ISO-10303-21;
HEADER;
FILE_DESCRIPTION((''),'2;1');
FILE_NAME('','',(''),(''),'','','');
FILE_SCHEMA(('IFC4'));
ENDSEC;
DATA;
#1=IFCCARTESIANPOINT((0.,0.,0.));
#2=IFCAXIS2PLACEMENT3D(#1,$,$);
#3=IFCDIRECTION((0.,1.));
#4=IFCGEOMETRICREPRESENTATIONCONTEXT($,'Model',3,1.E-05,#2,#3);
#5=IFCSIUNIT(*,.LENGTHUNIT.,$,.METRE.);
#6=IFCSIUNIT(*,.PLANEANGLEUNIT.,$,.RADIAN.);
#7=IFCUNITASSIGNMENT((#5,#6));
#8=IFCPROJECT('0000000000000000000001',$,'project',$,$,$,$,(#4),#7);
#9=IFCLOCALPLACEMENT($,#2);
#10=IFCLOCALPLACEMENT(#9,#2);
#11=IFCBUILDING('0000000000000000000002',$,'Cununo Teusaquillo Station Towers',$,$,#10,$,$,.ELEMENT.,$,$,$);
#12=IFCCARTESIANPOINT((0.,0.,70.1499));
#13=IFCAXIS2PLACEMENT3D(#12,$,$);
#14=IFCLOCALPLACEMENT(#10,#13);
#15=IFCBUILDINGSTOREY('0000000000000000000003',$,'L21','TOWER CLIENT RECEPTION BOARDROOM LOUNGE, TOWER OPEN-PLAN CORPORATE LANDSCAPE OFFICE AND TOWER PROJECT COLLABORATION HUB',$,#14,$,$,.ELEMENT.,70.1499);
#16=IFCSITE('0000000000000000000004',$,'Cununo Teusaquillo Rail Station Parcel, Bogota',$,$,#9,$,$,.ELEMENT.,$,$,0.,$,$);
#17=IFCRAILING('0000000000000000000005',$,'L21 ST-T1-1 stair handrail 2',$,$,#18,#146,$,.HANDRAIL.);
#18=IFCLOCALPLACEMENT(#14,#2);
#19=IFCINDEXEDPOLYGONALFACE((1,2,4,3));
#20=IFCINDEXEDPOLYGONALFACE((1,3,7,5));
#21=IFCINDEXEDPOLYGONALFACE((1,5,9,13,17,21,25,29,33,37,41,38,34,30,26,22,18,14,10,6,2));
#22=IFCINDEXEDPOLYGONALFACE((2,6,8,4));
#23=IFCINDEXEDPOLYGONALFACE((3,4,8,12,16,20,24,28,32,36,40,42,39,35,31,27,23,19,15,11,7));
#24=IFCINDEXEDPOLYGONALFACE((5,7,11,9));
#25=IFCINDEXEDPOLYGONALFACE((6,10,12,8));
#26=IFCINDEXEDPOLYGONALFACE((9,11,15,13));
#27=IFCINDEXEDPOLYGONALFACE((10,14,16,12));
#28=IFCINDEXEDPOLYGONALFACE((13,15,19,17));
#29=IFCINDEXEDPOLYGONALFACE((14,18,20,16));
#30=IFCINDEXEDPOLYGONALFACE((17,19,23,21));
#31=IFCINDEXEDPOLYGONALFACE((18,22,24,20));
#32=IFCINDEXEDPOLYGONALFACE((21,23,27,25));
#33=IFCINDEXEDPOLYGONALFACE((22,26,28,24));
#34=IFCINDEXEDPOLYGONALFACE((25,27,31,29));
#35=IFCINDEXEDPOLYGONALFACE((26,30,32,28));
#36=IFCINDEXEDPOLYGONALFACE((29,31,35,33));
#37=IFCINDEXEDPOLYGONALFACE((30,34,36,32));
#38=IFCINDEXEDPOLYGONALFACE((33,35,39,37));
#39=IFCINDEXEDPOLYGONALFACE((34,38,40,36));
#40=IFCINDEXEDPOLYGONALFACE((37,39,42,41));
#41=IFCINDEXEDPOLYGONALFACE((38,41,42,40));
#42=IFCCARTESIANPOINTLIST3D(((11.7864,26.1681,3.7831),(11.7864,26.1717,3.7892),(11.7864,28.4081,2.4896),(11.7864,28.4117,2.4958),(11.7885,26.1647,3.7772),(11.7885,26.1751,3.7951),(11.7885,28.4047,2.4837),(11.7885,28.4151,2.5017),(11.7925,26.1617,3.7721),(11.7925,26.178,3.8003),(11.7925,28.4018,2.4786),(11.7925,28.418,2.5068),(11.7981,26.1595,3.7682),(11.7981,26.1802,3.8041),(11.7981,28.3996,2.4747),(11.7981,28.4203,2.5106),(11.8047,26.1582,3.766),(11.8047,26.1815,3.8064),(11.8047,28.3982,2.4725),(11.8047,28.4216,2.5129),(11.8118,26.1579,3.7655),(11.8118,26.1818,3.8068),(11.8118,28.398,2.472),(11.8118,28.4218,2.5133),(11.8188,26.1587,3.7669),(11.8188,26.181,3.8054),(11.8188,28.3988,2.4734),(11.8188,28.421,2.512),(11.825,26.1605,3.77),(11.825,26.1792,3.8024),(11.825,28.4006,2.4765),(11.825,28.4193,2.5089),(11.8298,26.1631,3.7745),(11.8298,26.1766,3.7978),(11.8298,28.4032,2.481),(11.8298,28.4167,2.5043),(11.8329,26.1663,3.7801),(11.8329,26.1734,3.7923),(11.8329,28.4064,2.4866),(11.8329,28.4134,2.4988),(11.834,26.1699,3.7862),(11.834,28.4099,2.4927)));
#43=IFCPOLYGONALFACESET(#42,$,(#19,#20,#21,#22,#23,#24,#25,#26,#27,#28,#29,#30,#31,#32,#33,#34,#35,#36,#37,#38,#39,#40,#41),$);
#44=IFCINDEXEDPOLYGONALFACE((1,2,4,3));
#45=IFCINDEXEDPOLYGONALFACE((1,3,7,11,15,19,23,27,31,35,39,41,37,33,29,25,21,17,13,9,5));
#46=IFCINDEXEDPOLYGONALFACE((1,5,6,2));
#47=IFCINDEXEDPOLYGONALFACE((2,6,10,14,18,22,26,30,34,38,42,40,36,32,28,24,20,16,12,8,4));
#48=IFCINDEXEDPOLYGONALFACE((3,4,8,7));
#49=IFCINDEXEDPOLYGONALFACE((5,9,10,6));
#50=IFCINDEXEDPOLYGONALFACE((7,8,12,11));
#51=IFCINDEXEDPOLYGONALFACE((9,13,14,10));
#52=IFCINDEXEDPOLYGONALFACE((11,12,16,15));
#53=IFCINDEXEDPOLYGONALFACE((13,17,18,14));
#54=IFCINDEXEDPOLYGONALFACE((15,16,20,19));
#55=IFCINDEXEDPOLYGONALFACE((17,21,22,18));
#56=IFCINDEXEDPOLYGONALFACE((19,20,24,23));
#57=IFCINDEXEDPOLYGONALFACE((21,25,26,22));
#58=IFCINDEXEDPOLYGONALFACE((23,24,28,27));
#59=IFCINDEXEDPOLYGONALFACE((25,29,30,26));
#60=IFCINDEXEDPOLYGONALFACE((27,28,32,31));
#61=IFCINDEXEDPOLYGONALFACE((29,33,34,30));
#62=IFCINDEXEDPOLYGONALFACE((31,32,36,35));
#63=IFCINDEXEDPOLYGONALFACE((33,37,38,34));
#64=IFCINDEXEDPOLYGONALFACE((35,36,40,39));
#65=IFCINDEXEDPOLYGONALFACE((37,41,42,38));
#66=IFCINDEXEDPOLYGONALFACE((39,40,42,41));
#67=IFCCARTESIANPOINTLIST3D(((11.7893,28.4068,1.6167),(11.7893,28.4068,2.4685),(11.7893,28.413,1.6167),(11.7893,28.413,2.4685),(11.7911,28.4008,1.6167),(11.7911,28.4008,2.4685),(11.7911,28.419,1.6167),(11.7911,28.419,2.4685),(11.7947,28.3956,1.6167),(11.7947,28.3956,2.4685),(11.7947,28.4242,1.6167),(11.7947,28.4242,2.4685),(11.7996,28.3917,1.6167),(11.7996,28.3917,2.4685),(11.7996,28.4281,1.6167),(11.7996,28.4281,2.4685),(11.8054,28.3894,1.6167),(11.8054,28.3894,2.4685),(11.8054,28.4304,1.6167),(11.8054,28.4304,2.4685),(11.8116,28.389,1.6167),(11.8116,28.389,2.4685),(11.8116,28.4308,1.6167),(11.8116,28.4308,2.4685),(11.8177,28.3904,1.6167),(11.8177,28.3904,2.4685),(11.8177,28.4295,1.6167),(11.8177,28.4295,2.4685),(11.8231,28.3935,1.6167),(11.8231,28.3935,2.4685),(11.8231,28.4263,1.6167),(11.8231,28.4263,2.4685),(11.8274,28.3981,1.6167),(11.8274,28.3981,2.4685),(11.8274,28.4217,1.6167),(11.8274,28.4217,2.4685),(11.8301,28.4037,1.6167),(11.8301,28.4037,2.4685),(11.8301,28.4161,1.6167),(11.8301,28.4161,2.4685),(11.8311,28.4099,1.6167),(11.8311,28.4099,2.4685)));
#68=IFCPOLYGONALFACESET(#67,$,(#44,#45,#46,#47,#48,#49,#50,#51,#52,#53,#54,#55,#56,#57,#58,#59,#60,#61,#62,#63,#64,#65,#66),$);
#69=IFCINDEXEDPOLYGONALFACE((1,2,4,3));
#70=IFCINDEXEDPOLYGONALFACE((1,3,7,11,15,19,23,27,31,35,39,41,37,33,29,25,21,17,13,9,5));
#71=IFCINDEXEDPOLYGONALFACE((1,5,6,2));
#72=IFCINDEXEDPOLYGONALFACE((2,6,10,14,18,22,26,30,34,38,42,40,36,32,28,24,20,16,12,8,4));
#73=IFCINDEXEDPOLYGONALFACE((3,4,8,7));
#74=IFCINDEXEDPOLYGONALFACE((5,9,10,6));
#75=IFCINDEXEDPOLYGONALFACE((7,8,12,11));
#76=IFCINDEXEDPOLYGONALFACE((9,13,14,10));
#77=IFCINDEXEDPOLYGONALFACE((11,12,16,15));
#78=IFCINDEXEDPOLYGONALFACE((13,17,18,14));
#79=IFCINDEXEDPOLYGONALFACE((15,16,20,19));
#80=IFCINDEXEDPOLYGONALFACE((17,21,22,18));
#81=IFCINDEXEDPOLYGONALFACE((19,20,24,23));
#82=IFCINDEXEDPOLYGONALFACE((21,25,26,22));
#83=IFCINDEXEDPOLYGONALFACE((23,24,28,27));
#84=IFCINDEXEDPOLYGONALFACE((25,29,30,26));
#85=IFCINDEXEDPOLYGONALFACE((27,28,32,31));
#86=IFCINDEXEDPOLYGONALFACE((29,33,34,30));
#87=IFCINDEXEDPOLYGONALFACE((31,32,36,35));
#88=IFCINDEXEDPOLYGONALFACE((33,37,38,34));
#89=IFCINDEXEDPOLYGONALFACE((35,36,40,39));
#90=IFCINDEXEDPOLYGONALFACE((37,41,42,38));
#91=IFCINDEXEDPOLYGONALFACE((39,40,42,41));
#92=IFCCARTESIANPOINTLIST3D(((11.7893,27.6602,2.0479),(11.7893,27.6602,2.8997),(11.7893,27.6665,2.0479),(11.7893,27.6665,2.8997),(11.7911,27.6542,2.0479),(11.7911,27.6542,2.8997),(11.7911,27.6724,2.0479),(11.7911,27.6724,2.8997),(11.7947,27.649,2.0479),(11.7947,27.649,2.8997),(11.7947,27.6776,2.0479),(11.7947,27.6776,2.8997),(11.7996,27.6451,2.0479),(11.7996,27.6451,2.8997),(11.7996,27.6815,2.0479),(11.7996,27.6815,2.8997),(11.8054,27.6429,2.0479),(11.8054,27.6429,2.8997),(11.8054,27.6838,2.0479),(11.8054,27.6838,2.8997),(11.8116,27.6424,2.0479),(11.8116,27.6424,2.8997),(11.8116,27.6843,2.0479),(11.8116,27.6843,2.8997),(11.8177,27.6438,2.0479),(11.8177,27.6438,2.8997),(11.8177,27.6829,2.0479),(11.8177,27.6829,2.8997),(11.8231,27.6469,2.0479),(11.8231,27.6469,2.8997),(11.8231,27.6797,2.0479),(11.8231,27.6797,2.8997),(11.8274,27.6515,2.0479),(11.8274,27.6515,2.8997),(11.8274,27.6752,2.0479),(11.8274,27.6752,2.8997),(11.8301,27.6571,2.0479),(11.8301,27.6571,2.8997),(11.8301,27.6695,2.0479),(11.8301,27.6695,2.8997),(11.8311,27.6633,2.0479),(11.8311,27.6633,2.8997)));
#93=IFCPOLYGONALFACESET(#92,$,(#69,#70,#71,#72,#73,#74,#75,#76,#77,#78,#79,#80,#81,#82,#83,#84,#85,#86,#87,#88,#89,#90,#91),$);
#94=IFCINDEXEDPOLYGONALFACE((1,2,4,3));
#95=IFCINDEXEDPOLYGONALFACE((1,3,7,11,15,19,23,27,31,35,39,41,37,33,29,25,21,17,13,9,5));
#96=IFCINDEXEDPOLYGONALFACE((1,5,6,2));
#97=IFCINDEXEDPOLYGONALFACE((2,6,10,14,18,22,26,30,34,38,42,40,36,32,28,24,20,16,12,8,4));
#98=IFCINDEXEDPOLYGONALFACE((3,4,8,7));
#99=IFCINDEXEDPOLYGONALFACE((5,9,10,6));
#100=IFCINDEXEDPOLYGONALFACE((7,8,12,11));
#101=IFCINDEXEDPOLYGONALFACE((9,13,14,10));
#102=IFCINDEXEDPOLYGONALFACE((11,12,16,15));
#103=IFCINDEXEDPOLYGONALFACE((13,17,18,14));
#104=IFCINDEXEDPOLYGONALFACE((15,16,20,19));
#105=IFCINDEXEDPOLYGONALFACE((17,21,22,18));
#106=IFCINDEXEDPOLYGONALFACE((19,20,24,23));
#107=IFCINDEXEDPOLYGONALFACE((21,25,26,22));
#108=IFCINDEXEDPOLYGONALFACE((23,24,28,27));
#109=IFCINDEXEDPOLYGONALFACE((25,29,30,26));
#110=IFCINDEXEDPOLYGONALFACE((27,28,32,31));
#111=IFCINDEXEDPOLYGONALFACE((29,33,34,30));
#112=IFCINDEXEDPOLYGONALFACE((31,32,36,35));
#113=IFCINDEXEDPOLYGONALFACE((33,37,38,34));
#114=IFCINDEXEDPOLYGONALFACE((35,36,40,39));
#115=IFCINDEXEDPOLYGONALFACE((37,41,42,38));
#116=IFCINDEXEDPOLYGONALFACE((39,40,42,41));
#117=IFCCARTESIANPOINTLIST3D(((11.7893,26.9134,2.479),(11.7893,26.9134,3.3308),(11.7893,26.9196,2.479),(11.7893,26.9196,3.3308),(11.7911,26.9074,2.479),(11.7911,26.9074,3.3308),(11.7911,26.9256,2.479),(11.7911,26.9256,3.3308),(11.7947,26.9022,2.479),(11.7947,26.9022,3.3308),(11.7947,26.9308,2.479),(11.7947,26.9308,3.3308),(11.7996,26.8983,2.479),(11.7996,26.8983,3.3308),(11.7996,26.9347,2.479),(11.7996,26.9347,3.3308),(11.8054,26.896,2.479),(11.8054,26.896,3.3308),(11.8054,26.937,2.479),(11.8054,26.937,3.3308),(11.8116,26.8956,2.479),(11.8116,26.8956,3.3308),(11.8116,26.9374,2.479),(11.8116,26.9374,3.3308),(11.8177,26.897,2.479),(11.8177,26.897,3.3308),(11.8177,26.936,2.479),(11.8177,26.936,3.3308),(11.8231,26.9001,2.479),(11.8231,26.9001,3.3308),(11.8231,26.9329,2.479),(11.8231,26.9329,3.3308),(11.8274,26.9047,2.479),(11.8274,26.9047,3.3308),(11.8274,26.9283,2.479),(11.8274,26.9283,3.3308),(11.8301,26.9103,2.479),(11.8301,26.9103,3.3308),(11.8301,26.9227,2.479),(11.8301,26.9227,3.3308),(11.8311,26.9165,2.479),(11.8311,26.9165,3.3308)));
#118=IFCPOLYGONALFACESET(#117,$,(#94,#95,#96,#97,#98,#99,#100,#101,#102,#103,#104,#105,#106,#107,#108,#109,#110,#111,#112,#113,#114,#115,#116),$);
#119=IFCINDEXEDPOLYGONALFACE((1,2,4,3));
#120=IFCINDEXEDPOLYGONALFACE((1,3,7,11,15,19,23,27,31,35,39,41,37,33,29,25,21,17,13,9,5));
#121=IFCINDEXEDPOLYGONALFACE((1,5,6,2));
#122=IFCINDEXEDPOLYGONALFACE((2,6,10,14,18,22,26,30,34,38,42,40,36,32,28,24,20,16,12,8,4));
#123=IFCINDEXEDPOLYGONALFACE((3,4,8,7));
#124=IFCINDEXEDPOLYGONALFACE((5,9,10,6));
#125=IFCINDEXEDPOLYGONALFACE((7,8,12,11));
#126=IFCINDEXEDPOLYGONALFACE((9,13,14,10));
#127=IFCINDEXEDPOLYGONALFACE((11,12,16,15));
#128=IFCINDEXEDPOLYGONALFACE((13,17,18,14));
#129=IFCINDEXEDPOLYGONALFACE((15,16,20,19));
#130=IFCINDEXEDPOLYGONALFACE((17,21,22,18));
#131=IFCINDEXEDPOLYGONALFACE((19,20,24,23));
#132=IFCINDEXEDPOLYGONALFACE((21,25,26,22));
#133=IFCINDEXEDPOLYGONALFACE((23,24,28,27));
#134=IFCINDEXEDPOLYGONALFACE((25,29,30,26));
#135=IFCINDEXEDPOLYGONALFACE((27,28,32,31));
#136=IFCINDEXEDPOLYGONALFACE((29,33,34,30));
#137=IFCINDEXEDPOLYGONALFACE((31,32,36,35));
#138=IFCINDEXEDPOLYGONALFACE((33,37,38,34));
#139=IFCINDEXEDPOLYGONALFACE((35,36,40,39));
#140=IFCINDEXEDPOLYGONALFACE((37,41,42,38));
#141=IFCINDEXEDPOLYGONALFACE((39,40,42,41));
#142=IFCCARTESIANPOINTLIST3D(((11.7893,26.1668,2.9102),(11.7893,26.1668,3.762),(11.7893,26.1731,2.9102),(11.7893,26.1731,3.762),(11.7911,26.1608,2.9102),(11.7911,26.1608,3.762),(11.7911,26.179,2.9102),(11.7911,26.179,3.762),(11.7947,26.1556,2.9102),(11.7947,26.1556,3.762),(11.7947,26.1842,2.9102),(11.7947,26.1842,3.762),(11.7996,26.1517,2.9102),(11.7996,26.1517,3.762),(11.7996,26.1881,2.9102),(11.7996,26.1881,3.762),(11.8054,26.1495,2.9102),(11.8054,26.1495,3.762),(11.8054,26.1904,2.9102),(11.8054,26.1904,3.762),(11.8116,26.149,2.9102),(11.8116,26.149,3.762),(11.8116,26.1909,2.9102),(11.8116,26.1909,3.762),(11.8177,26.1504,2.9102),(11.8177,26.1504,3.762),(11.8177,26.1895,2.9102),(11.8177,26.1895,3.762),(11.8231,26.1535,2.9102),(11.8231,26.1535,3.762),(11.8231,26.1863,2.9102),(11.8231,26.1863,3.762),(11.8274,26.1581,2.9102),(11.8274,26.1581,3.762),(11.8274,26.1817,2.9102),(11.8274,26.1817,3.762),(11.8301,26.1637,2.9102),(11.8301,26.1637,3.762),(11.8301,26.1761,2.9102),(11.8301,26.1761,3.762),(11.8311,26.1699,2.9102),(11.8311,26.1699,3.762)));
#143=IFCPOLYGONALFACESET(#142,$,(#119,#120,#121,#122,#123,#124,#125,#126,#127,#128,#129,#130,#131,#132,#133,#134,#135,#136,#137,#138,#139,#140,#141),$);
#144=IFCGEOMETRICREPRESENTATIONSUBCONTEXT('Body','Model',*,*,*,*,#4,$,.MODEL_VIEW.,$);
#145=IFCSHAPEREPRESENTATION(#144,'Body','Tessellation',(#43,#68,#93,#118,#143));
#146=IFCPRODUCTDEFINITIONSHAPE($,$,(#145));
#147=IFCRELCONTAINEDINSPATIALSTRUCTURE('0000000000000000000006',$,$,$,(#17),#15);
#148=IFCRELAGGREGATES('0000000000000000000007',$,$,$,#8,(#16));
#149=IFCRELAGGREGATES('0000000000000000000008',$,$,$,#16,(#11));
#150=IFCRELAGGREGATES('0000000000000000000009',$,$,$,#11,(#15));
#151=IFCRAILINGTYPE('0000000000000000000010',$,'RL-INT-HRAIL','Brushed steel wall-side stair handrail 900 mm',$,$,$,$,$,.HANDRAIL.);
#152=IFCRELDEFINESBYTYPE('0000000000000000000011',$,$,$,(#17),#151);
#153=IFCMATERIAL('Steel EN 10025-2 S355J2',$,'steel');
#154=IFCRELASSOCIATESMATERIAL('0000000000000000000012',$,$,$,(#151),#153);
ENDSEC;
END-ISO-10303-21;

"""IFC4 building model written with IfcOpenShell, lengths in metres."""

from ifc_helpers import new_model, si_unit, direction, frame, origin, origin_2d, place, context, subcontext, project, spatial, circle, extrude, material, type_object, element, save


model = new_model("IFC4")

# Units and contexts
model_context = context("Model", 3, precision=1e-05, world=origin(), true_north=direction((0.0, 1.0)))
body_context = subcontext(model_context, "Body", "Model", "MODEL_VIEW")
ifc_project = project(units=[si_unit("LENGTHUNIT", "METRE"), si_unit("PLANEANGLEUNIT", "RADIAN")], contexts=[model_context])

# Site, building, storey
site_placement = place(None, origin())
site = spatial("IfcSite", under=ifc_project, at=site_placement, Name="Cununo Teusaquillo Rail Station Parcel, Bogota", CompositionType="ELEMENT", RefElevation=0.0)
building_placement = place(site_placement, origin())
building = spatial("IfcBuilding", under=site, at=building_placement, Name="Cununo Teusaquillo Station Towers", CompositionType="ELEMENT")
storey_placement = place(building_placement, frame((0.0, 0.0, 70.1499)))
storey = spatial("IfcBuildingStorey", under=building, at=storey_placement, Name="L21", Description="TOWER CLIENT RECEPTION BOARDROOM LOUNGE, TOWER OPEN-PLAN CORPORATE LANDSCAPE OFFICE AND TOWER PROJECT COLLABORATION HUB", CompositionType="ELEMENT", Elevation=70.1499)

# Railing
ifc_material_1 = material(Name="Steel EN 10025-2 S355J2", Category="steel")
railing_type_1 = type_object("IfcRailingType", Name="RL-INT-HRAIL", Description="Brushed steel wall-side stair handrail 900 mm", PredefinedType="HANDRAIL", material=ifc_material_1)
railing_1_placement = place(storey_placement, frame((11.8101, 28.4099, 1.6167)))
element("IfcRailing", 1, at=railing_1_placement, inside=storey, type_object=railing_type_1, Name="L21 ST-T1-1 stair handrail 2", PredefinedType="HANDRAIL", context=body_context, shape_type="SweptSolid", body=[
    extrude(circle(Radius=0.0239, at=origin_2d()), frame((0.0, 0.0, 0.876), z_axis=(0.0, -0.865992, 0.500057), x_axis=(1.0, 0.0, 0.0)), (0.0, 0.0, 1.0), 2.5867),
    extrude(circle(Radius=0.021, at=origin_2d()), origin(), (0.0, 0.0, 1.0), 0.8518),
    extrude(circle(Radius=0.021, at=origin_2d()), frame((0.0, -0.7466, 0.4312)), (0.0, 0.0, 1.0), 0.8518),
    extrude(circle(Radius=0.021, at=origin_2d()), frame((0.0, -1.4934, 0.8623)), (0.0, 0.0, 1.0), 0.8518),
    extrude(circle(Radius=0.021, at=origin_2d()), frame((0.0, -2.24, 1.2935)), (0.0, 0.0, 1.0), 0.8518),
])

save(model, "model.ifc")
